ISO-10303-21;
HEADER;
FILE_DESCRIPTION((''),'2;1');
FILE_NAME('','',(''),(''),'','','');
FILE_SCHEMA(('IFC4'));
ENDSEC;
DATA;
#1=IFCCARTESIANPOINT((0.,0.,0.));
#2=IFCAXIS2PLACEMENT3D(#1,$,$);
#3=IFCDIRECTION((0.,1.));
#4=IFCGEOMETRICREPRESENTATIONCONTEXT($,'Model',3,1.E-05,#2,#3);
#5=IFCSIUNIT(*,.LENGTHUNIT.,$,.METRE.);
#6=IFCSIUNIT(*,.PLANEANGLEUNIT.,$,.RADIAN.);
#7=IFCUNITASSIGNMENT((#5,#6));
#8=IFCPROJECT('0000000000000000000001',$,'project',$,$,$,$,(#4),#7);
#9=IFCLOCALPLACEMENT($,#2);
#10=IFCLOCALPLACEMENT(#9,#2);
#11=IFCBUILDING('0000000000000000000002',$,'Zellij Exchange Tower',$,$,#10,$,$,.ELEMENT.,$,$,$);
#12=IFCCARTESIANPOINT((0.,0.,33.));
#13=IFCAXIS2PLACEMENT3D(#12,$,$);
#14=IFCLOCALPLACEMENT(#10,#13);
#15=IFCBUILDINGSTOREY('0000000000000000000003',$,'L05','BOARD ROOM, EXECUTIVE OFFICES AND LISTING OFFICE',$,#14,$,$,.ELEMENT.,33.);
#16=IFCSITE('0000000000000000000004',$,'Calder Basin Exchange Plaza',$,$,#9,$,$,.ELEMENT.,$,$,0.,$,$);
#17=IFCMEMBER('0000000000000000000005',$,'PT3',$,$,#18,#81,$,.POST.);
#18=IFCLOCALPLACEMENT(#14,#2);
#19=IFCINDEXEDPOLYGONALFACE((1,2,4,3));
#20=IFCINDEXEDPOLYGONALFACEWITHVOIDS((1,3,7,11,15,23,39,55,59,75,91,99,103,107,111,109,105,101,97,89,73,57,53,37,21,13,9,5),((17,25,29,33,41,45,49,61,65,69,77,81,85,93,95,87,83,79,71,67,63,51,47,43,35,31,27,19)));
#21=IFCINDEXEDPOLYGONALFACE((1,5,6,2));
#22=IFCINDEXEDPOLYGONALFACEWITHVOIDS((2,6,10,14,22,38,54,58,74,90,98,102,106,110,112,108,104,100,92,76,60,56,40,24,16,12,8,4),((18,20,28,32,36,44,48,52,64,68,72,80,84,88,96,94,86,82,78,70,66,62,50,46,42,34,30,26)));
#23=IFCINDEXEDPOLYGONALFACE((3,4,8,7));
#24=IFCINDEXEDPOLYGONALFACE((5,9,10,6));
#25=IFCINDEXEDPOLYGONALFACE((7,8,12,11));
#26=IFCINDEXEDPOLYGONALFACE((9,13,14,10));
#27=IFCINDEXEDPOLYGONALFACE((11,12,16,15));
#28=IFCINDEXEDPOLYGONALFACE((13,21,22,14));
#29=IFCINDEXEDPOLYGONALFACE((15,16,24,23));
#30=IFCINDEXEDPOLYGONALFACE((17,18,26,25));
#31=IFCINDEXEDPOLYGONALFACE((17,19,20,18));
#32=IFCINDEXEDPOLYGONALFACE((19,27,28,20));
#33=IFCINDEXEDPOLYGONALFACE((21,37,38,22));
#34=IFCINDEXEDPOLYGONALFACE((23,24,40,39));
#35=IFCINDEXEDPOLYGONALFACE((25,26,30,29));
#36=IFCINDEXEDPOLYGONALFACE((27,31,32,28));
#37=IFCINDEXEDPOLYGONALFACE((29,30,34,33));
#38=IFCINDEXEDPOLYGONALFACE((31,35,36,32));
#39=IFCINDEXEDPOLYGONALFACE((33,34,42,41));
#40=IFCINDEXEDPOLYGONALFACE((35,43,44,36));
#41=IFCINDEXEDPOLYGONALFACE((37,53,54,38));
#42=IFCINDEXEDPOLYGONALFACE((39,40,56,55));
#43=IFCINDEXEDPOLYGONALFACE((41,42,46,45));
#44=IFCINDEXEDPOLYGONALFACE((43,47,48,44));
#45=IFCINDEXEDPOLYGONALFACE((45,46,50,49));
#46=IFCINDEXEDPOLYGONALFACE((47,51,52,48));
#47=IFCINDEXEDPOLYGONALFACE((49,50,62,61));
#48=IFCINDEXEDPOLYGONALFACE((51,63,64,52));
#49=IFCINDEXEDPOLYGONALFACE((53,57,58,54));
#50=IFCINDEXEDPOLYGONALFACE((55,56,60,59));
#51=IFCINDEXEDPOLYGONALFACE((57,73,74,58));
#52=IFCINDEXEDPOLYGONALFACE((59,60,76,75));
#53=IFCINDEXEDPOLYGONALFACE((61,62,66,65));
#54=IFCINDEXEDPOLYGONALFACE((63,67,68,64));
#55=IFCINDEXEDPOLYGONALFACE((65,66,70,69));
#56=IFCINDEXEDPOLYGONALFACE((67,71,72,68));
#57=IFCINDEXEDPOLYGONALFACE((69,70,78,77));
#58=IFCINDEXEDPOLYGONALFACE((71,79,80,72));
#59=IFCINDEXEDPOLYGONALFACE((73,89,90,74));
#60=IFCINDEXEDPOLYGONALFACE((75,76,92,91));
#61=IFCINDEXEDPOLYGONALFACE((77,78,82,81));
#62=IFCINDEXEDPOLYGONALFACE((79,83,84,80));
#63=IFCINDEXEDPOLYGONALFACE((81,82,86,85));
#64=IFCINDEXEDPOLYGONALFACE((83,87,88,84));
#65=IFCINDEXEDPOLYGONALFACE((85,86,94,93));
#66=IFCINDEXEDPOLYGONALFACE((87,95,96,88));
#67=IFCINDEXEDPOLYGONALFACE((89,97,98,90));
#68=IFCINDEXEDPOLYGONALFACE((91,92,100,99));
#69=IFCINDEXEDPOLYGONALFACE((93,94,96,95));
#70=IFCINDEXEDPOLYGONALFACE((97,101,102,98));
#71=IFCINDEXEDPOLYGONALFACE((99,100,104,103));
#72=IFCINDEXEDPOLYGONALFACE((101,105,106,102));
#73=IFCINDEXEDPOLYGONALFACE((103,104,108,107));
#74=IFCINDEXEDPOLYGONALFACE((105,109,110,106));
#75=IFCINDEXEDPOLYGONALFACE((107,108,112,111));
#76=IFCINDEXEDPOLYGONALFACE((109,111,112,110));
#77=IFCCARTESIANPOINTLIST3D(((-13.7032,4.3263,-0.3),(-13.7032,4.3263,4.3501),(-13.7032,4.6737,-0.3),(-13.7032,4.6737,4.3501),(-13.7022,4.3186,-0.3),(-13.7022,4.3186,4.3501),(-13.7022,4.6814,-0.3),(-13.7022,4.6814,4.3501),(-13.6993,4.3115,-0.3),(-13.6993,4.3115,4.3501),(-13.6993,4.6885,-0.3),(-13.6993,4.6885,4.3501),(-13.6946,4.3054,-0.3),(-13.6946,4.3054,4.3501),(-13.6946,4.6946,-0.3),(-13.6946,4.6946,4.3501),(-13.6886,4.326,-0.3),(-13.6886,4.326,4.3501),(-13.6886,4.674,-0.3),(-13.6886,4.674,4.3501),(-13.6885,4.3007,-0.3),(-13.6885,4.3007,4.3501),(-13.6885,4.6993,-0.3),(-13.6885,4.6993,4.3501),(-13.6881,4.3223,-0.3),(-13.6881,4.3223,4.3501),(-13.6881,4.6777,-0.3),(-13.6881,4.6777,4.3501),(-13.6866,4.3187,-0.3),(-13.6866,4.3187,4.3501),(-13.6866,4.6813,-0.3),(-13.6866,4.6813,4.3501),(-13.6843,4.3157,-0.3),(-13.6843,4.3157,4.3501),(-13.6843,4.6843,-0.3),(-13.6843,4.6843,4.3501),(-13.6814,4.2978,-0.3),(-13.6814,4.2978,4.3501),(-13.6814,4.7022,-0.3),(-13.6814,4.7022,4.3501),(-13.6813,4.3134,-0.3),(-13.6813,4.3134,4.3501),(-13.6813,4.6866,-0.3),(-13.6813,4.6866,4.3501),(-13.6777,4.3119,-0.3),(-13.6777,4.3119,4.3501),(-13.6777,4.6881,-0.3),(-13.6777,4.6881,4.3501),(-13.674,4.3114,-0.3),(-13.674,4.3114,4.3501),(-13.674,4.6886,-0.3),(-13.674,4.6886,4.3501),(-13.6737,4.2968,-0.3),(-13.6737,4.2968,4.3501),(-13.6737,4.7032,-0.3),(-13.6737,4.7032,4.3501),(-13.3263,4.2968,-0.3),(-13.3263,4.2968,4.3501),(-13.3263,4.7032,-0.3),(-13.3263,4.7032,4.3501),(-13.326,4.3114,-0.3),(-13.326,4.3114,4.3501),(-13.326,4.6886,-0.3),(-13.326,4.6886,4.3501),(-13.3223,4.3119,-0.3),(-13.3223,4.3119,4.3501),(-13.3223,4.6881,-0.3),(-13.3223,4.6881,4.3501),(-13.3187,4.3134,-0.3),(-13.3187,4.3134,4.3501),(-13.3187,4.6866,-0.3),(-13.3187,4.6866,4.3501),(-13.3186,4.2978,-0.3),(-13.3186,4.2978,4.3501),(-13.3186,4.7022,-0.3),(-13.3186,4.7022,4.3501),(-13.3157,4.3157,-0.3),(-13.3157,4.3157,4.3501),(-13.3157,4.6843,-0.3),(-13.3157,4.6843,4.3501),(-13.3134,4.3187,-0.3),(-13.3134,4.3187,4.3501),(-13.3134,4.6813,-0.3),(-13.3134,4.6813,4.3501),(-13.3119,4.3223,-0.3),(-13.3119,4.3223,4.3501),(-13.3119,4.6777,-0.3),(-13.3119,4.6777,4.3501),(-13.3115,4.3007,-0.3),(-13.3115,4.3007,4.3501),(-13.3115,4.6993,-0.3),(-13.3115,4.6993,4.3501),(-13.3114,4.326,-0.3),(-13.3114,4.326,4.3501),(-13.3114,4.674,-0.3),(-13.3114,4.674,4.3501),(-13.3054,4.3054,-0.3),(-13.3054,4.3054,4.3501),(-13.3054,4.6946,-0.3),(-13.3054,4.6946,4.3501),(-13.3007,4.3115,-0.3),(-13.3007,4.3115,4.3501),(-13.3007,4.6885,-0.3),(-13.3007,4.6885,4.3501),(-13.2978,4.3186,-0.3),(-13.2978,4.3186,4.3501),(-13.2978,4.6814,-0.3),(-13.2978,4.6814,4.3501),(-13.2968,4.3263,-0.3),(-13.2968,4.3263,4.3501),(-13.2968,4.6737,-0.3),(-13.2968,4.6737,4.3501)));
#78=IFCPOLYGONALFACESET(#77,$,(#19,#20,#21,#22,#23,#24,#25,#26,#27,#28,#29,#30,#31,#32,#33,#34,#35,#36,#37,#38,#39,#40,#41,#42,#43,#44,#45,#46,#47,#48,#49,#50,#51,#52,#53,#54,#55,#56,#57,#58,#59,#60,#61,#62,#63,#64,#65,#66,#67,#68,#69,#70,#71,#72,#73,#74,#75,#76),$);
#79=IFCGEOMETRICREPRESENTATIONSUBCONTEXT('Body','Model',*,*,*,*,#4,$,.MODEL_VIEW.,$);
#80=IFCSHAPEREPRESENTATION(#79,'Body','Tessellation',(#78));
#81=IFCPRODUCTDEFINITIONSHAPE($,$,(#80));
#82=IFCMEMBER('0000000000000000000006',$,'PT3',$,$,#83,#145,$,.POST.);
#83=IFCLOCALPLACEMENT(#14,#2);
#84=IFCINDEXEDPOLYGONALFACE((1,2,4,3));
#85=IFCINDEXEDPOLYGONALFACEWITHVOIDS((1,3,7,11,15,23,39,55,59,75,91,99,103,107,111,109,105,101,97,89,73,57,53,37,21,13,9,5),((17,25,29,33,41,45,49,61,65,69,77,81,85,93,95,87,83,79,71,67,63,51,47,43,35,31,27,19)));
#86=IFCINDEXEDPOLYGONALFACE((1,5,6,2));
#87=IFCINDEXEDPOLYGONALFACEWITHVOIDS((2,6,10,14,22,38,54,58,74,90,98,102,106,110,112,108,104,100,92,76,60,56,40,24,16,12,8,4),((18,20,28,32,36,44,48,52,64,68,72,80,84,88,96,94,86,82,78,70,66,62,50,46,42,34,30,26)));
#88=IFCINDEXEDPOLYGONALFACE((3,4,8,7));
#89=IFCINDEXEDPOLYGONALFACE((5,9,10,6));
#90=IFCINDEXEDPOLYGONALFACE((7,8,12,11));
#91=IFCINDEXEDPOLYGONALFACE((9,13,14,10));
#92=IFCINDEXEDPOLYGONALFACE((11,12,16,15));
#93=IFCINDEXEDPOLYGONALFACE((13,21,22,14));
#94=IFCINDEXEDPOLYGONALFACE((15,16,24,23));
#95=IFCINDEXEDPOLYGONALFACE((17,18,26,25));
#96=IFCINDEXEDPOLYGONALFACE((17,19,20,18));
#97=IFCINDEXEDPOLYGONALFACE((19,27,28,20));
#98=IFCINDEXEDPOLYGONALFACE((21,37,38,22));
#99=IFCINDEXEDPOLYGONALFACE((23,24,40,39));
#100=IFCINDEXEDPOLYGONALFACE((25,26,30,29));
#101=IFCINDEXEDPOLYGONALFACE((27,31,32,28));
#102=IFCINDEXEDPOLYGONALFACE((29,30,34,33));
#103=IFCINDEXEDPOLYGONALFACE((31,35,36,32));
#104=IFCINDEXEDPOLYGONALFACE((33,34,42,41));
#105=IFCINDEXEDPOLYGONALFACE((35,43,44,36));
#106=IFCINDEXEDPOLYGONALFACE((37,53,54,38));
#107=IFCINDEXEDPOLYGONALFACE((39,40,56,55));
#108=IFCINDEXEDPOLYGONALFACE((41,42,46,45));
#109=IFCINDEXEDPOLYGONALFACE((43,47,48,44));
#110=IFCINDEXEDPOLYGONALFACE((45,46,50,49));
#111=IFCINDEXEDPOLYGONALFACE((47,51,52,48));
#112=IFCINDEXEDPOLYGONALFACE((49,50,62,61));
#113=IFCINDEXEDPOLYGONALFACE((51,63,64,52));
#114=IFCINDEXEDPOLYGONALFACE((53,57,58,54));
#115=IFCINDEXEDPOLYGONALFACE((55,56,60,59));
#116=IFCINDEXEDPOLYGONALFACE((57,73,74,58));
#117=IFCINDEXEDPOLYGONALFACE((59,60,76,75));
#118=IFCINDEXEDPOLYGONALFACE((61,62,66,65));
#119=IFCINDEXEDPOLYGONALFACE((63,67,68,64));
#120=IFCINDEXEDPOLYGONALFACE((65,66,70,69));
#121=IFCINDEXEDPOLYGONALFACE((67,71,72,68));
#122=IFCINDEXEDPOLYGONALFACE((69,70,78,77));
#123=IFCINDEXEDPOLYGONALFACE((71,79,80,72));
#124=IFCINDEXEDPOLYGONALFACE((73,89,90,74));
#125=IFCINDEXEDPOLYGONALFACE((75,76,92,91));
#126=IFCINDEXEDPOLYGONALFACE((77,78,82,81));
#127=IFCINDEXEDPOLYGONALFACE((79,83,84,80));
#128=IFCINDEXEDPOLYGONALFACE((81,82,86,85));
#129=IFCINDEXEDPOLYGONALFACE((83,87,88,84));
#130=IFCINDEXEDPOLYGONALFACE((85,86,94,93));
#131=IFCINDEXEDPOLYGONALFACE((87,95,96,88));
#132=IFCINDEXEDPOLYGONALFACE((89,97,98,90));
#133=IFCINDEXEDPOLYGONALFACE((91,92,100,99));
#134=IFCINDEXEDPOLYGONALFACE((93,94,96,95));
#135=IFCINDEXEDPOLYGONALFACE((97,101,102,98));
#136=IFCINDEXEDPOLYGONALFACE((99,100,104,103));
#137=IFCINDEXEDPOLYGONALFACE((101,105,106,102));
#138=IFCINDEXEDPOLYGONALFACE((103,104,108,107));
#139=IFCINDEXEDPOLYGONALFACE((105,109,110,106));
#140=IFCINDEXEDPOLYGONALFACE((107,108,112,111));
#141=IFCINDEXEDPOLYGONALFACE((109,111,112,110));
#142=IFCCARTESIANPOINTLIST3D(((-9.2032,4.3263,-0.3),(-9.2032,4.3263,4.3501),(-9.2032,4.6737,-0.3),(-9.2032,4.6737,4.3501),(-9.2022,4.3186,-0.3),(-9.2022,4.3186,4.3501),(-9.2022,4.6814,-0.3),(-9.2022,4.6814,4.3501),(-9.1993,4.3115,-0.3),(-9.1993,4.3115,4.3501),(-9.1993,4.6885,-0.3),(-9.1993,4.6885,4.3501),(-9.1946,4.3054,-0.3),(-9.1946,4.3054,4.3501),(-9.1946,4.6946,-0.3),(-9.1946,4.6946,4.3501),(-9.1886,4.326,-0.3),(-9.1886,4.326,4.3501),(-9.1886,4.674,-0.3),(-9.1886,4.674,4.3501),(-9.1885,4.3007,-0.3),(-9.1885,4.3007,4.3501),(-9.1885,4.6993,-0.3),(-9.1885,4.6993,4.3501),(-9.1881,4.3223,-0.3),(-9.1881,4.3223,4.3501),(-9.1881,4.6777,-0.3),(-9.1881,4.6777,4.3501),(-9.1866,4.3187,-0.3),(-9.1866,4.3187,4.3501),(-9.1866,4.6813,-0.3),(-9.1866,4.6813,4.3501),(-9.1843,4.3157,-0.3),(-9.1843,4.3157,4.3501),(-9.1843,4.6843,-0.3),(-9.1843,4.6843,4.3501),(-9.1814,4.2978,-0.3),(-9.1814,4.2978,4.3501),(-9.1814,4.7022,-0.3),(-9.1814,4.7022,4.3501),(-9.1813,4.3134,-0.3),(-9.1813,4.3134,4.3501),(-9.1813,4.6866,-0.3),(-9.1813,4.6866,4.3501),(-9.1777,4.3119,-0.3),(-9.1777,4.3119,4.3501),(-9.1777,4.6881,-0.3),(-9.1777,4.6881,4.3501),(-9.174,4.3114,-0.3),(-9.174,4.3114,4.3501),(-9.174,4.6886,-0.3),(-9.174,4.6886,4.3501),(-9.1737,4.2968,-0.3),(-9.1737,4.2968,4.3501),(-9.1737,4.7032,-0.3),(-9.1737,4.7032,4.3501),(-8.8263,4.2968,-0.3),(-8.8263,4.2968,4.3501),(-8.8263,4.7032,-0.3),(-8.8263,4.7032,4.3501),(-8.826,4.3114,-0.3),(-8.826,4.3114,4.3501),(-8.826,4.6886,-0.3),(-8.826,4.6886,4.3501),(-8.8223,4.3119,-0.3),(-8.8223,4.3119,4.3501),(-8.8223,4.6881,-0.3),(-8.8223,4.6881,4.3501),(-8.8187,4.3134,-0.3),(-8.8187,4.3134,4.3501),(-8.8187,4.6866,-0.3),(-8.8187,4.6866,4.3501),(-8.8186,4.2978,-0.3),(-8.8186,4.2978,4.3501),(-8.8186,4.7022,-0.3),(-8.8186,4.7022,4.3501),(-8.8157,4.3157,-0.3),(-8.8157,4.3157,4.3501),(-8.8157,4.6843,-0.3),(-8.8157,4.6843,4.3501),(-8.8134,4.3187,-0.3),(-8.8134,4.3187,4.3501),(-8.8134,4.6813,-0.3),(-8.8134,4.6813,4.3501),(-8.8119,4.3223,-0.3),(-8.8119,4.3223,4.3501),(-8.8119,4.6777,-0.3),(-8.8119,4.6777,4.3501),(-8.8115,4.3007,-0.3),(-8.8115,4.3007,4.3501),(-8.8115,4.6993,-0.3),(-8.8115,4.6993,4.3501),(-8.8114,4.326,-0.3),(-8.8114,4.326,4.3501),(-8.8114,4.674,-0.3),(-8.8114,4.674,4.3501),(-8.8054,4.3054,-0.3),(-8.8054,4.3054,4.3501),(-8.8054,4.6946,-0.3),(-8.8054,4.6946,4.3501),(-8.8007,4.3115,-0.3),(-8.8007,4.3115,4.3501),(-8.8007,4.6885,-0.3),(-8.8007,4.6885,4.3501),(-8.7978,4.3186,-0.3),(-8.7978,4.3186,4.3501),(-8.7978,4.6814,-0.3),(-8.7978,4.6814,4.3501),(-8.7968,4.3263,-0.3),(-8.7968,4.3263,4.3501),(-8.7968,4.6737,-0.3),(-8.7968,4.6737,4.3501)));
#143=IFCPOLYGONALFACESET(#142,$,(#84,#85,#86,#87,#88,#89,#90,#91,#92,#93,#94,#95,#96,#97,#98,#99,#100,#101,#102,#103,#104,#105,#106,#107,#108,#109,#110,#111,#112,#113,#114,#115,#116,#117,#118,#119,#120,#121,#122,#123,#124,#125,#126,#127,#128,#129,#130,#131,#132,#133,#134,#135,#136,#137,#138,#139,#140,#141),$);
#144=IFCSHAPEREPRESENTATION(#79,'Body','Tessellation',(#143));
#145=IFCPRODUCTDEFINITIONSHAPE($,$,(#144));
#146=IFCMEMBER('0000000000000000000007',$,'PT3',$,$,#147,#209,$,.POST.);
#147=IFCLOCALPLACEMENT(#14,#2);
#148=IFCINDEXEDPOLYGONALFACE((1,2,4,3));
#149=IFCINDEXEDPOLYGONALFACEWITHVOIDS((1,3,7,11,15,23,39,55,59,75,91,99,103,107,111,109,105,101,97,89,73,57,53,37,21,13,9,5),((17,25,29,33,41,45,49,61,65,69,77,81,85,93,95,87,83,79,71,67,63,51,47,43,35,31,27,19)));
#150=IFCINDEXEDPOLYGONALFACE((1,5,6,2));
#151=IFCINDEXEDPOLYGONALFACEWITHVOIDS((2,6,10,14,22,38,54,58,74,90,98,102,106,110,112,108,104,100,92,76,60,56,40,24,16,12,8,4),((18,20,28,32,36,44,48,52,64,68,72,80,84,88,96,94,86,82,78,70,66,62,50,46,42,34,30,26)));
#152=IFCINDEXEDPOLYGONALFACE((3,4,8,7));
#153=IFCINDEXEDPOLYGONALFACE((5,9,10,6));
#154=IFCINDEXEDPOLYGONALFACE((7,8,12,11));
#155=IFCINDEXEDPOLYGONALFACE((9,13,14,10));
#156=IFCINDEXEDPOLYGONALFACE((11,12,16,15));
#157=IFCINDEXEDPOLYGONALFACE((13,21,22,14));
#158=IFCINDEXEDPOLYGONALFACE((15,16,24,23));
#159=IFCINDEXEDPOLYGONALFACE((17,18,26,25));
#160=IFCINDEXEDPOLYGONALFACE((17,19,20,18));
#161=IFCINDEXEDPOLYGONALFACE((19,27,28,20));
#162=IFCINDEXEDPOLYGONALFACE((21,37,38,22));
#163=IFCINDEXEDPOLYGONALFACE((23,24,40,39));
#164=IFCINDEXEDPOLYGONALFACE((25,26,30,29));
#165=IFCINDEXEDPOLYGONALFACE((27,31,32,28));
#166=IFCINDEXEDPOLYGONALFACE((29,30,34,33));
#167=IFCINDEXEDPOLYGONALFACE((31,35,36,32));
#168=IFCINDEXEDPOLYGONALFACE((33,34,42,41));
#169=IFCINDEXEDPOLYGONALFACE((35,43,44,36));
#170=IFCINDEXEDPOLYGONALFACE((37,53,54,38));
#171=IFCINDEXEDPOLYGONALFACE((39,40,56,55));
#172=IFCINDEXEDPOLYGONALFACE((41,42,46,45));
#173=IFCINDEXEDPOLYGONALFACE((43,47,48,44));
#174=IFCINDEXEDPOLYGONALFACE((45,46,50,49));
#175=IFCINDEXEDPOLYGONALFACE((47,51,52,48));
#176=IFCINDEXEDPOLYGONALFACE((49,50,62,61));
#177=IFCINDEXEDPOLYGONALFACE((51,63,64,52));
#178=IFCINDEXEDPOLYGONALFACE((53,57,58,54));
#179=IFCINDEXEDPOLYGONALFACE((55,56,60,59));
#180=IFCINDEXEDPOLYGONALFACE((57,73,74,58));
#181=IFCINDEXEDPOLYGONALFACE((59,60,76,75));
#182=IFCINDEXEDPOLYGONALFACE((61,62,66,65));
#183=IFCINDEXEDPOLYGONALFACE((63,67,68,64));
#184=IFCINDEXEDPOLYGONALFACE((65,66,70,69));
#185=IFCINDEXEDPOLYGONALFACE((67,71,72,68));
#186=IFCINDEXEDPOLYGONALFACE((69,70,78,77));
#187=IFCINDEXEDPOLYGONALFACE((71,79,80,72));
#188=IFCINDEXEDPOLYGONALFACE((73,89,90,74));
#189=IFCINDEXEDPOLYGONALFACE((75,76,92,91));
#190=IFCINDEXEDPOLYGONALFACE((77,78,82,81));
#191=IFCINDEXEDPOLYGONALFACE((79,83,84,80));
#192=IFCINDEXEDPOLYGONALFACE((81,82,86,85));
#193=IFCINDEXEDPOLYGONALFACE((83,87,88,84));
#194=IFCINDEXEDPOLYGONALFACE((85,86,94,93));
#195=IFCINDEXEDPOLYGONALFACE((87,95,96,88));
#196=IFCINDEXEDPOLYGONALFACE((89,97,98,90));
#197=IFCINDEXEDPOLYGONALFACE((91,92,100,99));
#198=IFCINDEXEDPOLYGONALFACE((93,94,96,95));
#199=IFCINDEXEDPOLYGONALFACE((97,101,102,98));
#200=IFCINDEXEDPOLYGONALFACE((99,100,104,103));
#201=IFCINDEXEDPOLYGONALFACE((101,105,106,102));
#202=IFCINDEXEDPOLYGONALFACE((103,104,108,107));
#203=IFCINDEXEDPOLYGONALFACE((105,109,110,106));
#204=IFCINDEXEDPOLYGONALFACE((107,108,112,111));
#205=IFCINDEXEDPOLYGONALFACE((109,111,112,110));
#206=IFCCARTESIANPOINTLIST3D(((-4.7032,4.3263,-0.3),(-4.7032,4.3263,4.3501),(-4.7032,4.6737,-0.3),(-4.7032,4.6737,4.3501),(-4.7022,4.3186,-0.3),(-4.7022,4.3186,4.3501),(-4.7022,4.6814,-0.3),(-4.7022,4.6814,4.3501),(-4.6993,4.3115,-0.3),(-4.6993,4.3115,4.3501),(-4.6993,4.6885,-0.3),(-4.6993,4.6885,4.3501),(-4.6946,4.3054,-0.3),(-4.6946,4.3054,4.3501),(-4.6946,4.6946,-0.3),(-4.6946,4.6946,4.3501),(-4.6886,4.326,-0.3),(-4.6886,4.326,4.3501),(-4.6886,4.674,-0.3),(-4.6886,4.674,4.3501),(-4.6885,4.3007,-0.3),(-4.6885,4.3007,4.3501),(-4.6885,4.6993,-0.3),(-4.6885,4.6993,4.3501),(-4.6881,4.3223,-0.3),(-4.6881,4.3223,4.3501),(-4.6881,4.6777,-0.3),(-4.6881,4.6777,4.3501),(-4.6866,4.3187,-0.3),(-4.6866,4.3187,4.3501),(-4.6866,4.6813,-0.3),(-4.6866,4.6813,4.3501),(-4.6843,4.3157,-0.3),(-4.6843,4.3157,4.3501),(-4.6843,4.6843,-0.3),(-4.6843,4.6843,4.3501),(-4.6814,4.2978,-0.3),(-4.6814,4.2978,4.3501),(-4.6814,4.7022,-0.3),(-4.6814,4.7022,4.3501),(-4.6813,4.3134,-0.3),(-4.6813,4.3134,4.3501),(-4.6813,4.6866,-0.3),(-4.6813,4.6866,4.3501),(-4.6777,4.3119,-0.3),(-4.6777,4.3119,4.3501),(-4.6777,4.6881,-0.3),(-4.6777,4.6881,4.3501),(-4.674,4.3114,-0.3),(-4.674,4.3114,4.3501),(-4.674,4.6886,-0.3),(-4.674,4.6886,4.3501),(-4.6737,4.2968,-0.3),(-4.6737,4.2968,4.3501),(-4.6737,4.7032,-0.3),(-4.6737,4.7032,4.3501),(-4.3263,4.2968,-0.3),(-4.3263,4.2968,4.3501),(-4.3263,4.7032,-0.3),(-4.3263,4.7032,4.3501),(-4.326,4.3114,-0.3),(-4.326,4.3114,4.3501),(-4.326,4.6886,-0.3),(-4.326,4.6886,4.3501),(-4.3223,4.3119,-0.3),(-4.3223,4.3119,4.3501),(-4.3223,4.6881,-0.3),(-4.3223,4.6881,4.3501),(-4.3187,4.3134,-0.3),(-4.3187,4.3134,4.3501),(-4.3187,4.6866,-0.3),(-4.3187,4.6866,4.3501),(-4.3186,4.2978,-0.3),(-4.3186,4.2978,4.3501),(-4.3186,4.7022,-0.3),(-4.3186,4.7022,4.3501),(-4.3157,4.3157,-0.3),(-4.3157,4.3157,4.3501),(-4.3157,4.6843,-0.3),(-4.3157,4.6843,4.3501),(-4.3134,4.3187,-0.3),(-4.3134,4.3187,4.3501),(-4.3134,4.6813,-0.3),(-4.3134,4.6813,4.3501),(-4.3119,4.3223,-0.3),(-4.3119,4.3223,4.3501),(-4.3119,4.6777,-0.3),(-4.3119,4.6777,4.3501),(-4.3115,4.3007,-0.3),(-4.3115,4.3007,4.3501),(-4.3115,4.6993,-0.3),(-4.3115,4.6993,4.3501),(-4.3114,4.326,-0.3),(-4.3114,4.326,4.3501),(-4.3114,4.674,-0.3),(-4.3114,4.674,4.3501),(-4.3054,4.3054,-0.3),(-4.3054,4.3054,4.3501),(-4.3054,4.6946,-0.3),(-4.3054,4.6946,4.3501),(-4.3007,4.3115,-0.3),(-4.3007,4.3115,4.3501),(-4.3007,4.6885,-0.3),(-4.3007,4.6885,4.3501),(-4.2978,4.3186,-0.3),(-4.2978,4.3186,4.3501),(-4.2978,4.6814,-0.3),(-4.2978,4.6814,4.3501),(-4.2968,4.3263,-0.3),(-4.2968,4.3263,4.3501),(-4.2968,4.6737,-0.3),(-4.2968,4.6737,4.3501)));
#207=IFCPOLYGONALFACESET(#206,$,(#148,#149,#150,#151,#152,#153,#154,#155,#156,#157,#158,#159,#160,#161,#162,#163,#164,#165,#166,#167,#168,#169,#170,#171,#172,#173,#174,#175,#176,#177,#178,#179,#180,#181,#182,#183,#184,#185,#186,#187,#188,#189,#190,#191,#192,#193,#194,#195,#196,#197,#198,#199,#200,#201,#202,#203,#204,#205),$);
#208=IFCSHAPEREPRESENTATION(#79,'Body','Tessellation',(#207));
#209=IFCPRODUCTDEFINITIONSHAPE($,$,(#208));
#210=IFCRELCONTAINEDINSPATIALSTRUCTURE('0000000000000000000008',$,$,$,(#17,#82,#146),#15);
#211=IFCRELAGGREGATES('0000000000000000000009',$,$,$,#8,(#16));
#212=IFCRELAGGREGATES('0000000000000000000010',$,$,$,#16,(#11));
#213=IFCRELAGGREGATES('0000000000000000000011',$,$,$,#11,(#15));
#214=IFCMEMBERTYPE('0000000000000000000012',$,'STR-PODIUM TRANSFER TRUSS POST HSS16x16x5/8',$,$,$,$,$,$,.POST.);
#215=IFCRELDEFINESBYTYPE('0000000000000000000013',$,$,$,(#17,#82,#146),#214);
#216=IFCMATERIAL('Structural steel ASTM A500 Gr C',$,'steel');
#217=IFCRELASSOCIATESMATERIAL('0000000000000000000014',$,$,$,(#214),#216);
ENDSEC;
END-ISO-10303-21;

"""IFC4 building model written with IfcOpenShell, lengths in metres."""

from ifc_helpers import new_model, si_unit, direction, frame, origin, origin_2d, place, context, subcontext, project, spatial, hollow_rectangle, extrude, material, material_profile, profile_set, type_object, element, save


model = new_model("IFC4")

# Units and contexts
model_context = context("Model", 3, precision=1e-05, world=origin(), true_north=direction((0.0, 1.0)))
body_context = subcontext(model_context, "Body", "Model", "MODEL_VIEW")
ifc_project = project(units=[si_unit("LENGTHUNIT", "METRE"), si_unit("PLANEANGLEUNIT", "RADIAN")], contexts=[model_context])

# Site, building, storey
site_placement = place(None, origin())
site = spatial("IfcSite", under=ifc_project, at=site_placement, Name="Calder Basin Exchange Plaza", CompositionType="ELEMENT", RefElevation=0.0)
building_placement = place(site_placement, origin())
building = spatial("IfcBuilding", under=site, at=building_placement, Name="Zellij Exchange Tower", CompositionType="ELEMENT")
storey_placement = place(building_placement, frame((0.0, 0.0, 33.0)))
storey = spatial("IfcBuildingStorey", under=building, at=storey_placement, Name="L05", Description="BOARD ROOM, EXECUTIVE OFFICES AND LISTING OFFICE", CompositionType="ELEMENT", Elevation=33.0)

# Members
ifc_material_1 = material(Name="Structural steel ASTM A500 Gr C", Category="steel")
ifc_material_profile_1 = material_profile(ifc_material_1, hollow_rectangle(XDim=0.4065, YDim=0.4065, WallThickness=0.0146, InnerFilletRadius=0.0146, OuterFilletRadius=0.0295, at=origin_2d()), Name="STR-PODIUM TRANSFER TRUSS POST HSS16x16x5/8")
ifc_profile_set_1 = profile_set([ifc_material_profile_1], Name="Structural steel ASTM A500 Gr C")
member_type_1 = type_object("IfcMemberType", Name="STR-PODIUM TRANSFER TRUSS POST HSS16x16x5/8", PredefinedType="POST", material=ifc_profile_set_1)
for number, where, z_axis, x_axis, name in (
    (1, (-13.5, 4.5, -0.3), (0.0, 0.0, 1.0), (1.0, 0.0, 0.0), "PT3"),
    (2, (-9.0, 4.5, -0.3), (0.0, 0.0, 1.0), (1.0, 0.0, 0.0), "PT3"),
    (3, (-4.5, 4.5, -0.3), (0.0, 0.0, 1.0), (1.0, 0.0, 0.0), "PT3"),
):
    element("IfcMember", number, at=place(storey_placement, frame(where, z_axis=z_axis, x_axis=x_axis)), inside=storey, type_object=member_type_1, Name=name, PredefinedType="POST", context=body_context, shape_type="SweptSolid", body=[
        extrude(hollow_rectangle(XDim=0.4065, YDim=0.4065, WallThickness=0.0146, InnerFilletRadius=0.0146, OuterFilletRadius=0.0295, at=origin_2d()), origin(), (0.0, 0.0, 1.0), 4.6501),
    ])

save(model, "model.ifc")
